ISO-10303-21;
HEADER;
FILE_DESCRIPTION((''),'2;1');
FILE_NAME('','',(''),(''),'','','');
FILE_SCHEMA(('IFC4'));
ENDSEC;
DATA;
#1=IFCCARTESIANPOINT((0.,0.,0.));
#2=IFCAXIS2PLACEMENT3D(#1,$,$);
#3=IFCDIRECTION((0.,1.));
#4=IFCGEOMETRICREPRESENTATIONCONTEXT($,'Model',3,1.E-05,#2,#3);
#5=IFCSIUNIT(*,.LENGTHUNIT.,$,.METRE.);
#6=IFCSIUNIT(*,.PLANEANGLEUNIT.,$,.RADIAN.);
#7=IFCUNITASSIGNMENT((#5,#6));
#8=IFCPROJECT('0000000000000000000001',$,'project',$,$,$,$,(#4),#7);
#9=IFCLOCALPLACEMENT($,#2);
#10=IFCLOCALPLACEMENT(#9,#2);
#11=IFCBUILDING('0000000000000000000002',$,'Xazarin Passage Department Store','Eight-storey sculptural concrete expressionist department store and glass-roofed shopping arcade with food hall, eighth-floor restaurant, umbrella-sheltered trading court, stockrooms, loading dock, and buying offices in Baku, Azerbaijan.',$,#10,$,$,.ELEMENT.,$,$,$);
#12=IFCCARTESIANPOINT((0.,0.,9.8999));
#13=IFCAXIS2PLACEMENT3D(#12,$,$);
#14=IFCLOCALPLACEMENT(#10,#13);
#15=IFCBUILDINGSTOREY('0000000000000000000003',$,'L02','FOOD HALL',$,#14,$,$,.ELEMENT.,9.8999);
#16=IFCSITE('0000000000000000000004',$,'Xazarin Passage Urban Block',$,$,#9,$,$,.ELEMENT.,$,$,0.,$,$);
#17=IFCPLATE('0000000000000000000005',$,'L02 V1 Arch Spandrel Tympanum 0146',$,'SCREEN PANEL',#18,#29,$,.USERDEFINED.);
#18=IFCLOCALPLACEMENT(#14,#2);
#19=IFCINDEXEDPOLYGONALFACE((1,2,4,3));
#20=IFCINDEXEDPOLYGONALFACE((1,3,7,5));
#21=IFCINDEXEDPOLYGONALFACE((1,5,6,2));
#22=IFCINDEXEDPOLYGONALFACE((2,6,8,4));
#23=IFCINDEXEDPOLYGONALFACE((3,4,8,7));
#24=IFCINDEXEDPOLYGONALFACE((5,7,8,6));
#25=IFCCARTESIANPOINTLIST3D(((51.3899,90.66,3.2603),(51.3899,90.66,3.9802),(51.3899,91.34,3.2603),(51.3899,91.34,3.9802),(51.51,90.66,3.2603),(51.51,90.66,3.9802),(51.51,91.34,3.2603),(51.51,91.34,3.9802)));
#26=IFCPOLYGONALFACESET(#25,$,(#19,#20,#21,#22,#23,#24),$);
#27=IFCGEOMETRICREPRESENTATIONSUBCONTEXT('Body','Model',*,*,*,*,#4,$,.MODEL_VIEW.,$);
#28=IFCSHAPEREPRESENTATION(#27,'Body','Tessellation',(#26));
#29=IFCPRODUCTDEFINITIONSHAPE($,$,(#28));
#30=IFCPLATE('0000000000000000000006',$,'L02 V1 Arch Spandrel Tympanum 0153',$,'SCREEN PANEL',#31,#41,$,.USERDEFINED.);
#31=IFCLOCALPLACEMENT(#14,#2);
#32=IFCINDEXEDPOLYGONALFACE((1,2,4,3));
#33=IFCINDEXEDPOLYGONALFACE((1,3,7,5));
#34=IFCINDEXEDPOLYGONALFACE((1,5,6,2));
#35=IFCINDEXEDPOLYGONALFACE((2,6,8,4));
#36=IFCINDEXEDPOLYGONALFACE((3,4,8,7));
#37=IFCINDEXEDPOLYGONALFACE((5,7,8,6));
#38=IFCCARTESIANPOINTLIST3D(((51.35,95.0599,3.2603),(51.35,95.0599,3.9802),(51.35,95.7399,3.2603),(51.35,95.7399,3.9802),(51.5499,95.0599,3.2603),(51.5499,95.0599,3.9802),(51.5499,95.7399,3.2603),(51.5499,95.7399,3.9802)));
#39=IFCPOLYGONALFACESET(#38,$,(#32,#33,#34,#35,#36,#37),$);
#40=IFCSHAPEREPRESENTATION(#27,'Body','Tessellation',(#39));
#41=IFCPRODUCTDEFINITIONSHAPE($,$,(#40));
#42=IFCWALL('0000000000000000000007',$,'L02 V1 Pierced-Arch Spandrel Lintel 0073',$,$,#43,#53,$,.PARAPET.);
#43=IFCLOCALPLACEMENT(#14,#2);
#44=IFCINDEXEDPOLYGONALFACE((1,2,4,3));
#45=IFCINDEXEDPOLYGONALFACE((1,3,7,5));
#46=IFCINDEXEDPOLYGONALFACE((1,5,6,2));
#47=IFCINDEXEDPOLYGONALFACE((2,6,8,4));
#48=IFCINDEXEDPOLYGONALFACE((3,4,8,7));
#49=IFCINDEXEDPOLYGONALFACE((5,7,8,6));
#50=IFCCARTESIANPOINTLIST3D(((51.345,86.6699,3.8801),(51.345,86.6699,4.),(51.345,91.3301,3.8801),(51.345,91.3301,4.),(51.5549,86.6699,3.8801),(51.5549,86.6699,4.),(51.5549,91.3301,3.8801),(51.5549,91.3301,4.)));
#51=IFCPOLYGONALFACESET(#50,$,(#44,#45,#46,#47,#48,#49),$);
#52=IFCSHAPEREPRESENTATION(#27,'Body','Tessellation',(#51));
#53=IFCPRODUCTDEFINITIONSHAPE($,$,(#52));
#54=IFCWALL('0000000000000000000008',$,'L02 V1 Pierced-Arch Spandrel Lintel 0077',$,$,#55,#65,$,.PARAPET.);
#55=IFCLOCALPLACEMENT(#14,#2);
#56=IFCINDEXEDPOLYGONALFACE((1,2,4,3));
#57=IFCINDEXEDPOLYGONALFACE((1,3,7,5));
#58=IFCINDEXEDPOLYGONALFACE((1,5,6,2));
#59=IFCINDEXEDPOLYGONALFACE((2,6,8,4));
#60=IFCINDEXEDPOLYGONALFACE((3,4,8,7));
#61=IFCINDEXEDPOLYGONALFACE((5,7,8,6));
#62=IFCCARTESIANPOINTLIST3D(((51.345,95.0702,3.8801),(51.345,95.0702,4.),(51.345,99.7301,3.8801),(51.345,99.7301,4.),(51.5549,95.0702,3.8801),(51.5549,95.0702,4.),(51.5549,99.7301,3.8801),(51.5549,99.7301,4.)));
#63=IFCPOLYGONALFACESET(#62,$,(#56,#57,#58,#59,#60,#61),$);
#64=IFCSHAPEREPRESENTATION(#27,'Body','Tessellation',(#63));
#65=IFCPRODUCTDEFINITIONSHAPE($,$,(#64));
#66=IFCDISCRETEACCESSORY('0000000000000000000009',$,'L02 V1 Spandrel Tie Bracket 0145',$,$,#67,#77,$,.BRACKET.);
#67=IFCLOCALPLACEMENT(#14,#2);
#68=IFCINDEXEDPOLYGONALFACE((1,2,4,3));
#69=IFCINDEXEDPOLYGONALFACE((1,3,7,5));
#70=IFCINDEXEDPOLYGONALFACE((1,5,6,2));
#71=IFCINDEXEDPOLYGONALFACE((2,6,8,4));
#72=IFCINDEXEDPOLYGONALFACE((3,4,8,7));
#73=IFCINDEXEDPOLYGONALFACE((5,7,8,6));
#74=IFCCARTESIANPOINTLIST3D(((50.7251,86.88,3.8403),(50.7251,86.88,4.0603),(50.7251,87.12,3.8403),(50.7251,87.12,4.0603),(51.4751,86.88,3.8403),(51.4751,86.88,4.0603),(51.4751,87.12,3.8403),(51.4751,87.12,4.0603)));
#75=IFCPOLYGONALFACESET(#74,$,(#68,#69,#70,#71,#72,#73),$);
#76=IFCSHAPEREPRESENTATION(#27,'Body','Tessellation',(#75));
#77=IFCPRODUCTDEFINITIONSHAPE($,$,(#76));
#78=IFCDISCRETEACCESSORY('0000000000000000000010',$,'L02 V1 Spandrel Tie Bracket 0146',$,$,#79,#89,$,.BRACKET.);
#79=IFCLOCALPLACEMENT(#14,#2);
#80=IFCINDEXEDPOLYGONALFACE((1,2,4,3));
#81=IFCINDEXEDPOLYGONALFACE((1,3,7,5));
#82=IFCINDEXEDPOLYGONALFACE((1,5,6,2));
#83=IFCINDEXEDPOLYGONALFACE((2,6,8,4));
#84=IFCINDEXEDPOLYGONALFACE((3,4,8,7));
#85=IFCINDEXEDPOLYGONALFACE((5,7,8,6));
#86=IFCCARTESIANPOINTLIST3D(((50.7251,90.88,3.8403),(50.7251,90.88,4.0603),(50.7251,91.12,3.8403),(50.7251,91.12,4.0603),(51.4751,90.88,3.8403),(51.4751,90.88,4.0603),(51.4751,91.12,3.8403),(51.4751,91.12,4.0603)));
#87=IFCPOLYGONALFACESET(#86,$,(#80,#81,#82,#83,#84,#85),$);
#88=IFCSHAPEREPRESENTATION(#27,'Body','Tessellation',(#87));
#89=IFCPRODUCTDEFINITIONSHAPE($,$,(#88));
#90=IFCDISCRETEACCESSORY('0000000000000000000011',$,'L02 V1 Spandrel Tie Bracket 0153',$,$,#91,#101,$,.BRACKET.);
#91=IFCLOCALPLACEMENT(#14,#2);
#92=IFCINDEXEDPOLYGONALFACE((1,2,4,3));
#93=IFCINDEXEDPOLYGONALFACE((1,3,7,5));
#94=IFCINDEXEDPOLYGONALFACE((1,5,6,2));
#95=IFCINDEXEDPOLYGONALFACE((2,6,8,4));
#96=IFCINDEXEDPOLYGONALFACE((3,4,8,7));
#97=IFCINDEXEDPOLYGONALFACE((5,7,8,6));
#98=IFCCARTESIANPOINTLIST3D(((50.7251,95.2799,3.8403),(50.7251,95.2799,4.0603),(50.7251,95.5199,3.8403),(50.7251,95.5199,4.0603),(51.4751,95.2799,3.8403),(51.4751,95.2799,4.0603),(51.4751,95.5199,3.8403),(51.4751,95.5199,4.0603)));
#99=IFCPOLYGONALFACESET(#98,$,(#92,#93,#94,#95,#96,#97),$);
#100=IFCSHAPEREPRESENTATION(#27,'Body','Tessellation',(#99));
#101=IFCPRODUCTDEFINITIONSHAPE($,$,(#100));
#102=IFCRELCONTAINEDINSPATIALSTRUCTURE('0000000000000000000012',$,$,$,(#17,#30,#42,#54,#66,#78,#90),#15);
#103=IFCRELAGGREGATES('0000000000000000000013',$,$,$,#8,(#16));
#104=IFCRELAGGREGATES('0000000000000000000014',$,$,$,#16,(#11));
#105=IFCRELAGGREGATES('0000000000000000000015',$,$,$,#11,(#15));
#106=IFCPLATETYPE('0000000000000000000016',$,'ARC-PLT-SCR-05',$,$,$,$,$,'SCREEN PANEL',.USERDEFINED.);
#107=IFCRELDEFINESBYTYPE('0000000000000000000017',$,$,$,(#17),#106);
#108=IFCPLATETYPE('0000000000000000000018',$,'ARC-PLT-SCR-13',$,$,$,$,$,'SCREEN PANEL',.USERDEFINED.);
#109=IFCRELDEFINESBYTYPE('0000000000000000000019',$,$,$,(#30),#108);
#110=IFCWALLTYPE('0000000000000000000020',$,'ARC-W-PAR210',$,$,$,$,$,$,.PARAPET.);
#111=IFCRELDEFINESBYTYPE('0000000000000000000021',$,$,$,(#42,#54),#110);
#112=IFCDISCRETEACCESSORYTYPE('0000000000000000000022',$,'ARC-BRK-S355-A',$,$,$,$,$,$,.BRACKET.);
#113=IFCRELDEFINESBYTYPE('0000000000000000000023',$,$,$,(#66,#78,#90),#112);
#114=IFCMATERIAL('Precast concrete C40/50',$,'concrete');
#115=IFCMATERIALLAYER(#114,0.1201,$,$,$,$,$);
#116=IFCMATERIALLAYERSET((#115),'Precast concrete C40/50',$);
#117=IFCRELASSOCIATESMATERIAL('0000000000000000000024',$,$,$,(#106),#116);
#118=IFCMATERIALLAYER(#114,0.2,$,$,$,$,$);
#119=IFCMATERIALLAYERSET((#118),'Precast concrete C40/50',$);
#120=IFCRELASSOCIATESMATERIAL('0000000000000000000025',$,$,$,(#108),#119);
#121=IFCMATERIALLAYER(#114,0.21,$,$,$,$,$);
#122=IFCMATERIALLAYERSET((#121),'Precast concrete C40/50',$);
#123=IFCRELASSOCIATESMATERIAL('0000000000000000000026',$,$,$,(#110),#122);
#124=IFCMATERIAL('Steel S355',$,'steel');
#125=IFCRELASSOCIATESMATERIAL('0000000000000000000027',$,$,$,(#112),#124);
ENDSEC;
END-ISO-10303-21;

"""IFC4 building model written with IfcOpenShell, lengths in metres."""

from ifc_helpers import new_model, si_unit, direction, frame, frame_2d, origin, origin_2d, place, context, subcontext, project, spatial, rectangle, extrude, material, layer, layer_set, type_object, element, save


model = new_model("IFC4")

# Units and contexts
model_context = context("Model", 3, precision=1e-05, world=origin(), true_north=direction((0.0, 1.0)))
body_context = subcontext(model_context, "Body", "Model", "MODEL_VIEW")
ifc_project = project(units=[si_unit("LENGTHUNIT", "METRE"), si_unit("PLANEANGLEUNIT", "RADIAN")], contexts=[model_context])

# Site, building, storey
site_placement = place(None, origin())
site = spatial("IfcSite", under=ifc_project, at=site_placement, Name="Xazarin Passage Urban Block", CompositionType="ELEMENT", RefElevation=0.0)
building_placement = place(site_placement, origin())
building = spatial("IfcBuilding", under=site, at=building_placement, Name="Xazarin Passage Department Store", Description="Eight-storey sculptural concrete expressionist department store and glass-roofed shopping arcade with food hall, eighth-floor restaurant, umbrella-sheltered trading court, stockrooms, loading dock, and buying offices in Baku, Azerbaijan.", CompositionType="ELEMENT")
storey_placement = place(building_placement, frame((0.0, 0.0, 9.8999)))
storey = spatial("IfcBuildingStorey", under=building, at=storey_placement, Name="L02", Description="FOOD HALL", CompositionType="ELEMENT", Elevation=9.8999)

# Plates
ifc_material_1 = material(Name="Precast concrete C40/50", Category="concrete")
ifc_layer_1 = layer(ifc_material_1, 0.1201)
ifc_layer_set_1 = layer_set([ifc_layer_1], Name="Precast concrete C40/50")
plate_type_1 = type_object("IfcPlateType", Name="ARC-PLT-SCR-05", ElementType="SCREEN PANEL", PredefinedType="USERDEFINED", material=ifc_layer_set_1)
for number, where, z_axis, x_axis, name in (
    (1, (51.45, 91.0, 3.2603), (0.0, 0.0, 1.0), (0.0, 1.0, 0.0), "L02 V1 Arch Spandrel Tympanum 0146"),
):
    element("IfcPlate", number, at=place(storey_placement, frame(where, z_axis=z_axis, x_axis=x_axis)), inside=storey, type_object=plate_type_1, Name=name, ObjectType="SCREEN PANEL", PredefinedType="USERDEFINED", context=body_context, shape_type="SweptSolid", body=[
        extrude(rectangle(XDim=0.6799, YDim=0.1201, at=origin_2d()), origin(), (0.0, 0.0, 1.0), 0.72),
    ])
ifc_layer_2 = layer(ifc_material_1, 0.2)
ifc_layer_set_2 = layer_set([ifc_layer_2], Name="Precast concrete C40/50")
plate_type_2 = type_object("IfcPlateType", Name="ARC-PLT-SCR-13", ElementType="SCREEN PANEL", PredefinedType="USERDEFINED", material=ifc_layer_set_2)
plate_placement = place(storey_placement, frame((51.45, 95.3999, 3.2603), z_axis=(0.0, 0.0, 1.0), x_axis=(0.0, 1.0, 0.0)))
element("IfcPlate", 2, at=plate_placement, inside=storey, type_object=plate_type_2, Name="L02 V1 Arch Spandrel Tympanum 0153", ObjectType="SCREEN PANEL", PredefinedType="USERDEFINED", context=body_context, shape_type="SweptSolid", body=[
    extrude(rectangle(XDim=0.6799, YDim=0.2, at=origin_2d()), origin(), (0.0, 0.0, 1.0), 0.72),
])

# Walls
ifc_layer_3 = layer(ifc_material_1, 0.21)
ifc_layer_set_3 = layer_set([ifc_layer_3], Name="Precast concrete C40/50")
wall_type = type_object("IfcWallType", Name="ARC-W-PAR210", PredefinedType="PARAPET", material=ifc_layer_set_3)
wall_1_placement = place(storey_placement, frame((51.45, 86.6699, 3.8801), z_axis=(0.0, 0.0, 1.0), x_axis=(0.0, 1.0, 0.0)))
element("IfcWall", 3, at=wall_1_placement, inside=storey, type_object=wall_type, Name="L02 V1 Pierced-Arch Spandrel Lintel 0073", PredefinedType="PARAPET", context=body_context, shape_type="SweptSolid", body=[
    extrude(rectangle(XDim=4.6602, YDim=0.21, at=frame_2d((2.3301, 0.0))), origin(), (0.0, 0.0, 1.0), 0.1199),
])
wall_2_placement = place(storey_placement, frame((51.45, 95.0701, 3.8801), z_axis=(0.0, 0.0, 1.0), x_axis=(0.0, 1.0, 0.0)))
element("IfcWall", 4, at=wall_2_placement, inside=storey, type_object=wall_type, Name="L02 V1 Pierced-Arch Spandrel Lintel 0077", PredefinedType="PARAPET", context=body_context, shape_type="SweptSolid", body=[
    extrude(rectangle(XDim=4.6599, YDim=0.21, at=frame_2d((2.3301, 0.0))), origin(), (0.0, 0.0, 1.0), 0.1199),
])

# Discrete accessories
ifc_material_2 = material(Name="Steel S355", Category="steel")
discrete_accessory_type = type_object("IfcDiscreteAccessoryType", Name="ARC-BRK-S355-A", PredefinedType="BRACKET", material=ifc_material_2)
for number, where, z_axis, x_axis, name in (
    (5, (51.1001, 87.0, 3.8403), (0.0, 0.0, 1.0), (0.0, 1.0, 0.0), "L02 V1 Spandrel Tie Bracket 0145"),
    (6, (51.1001, 91.0, 3.8403), (0.0, 0.0, 1.0), (0.0, 1.0, 0.0), "L02 V1 Spandrel Tie Bracket 0146"),
    (7, (51.1001, 95.3999, 3.8403), (0.0, 0.0, 1.0), (0.0, 1.0, 0.0), "L02 V1 Spandrel Tie Bracket 0153"),
):
    element("IfcDiscreteAccessory", number, at=place(storey_placement, frame(where, z_axis=z_axis, x_axis=x_axis)), inside=storey, type_object=discrete_accessory_type, Name=name, PredefinedType="BRACKET", context=body_context, shape_type="SweptSolid", body=[
        extrude(rectangle(XDim=0.24, YDim=0.75, at=origin_2d()), origin(), (0.0, 0.0, 1.0), 0.22),
    ])

save(model, "model.ifc")
